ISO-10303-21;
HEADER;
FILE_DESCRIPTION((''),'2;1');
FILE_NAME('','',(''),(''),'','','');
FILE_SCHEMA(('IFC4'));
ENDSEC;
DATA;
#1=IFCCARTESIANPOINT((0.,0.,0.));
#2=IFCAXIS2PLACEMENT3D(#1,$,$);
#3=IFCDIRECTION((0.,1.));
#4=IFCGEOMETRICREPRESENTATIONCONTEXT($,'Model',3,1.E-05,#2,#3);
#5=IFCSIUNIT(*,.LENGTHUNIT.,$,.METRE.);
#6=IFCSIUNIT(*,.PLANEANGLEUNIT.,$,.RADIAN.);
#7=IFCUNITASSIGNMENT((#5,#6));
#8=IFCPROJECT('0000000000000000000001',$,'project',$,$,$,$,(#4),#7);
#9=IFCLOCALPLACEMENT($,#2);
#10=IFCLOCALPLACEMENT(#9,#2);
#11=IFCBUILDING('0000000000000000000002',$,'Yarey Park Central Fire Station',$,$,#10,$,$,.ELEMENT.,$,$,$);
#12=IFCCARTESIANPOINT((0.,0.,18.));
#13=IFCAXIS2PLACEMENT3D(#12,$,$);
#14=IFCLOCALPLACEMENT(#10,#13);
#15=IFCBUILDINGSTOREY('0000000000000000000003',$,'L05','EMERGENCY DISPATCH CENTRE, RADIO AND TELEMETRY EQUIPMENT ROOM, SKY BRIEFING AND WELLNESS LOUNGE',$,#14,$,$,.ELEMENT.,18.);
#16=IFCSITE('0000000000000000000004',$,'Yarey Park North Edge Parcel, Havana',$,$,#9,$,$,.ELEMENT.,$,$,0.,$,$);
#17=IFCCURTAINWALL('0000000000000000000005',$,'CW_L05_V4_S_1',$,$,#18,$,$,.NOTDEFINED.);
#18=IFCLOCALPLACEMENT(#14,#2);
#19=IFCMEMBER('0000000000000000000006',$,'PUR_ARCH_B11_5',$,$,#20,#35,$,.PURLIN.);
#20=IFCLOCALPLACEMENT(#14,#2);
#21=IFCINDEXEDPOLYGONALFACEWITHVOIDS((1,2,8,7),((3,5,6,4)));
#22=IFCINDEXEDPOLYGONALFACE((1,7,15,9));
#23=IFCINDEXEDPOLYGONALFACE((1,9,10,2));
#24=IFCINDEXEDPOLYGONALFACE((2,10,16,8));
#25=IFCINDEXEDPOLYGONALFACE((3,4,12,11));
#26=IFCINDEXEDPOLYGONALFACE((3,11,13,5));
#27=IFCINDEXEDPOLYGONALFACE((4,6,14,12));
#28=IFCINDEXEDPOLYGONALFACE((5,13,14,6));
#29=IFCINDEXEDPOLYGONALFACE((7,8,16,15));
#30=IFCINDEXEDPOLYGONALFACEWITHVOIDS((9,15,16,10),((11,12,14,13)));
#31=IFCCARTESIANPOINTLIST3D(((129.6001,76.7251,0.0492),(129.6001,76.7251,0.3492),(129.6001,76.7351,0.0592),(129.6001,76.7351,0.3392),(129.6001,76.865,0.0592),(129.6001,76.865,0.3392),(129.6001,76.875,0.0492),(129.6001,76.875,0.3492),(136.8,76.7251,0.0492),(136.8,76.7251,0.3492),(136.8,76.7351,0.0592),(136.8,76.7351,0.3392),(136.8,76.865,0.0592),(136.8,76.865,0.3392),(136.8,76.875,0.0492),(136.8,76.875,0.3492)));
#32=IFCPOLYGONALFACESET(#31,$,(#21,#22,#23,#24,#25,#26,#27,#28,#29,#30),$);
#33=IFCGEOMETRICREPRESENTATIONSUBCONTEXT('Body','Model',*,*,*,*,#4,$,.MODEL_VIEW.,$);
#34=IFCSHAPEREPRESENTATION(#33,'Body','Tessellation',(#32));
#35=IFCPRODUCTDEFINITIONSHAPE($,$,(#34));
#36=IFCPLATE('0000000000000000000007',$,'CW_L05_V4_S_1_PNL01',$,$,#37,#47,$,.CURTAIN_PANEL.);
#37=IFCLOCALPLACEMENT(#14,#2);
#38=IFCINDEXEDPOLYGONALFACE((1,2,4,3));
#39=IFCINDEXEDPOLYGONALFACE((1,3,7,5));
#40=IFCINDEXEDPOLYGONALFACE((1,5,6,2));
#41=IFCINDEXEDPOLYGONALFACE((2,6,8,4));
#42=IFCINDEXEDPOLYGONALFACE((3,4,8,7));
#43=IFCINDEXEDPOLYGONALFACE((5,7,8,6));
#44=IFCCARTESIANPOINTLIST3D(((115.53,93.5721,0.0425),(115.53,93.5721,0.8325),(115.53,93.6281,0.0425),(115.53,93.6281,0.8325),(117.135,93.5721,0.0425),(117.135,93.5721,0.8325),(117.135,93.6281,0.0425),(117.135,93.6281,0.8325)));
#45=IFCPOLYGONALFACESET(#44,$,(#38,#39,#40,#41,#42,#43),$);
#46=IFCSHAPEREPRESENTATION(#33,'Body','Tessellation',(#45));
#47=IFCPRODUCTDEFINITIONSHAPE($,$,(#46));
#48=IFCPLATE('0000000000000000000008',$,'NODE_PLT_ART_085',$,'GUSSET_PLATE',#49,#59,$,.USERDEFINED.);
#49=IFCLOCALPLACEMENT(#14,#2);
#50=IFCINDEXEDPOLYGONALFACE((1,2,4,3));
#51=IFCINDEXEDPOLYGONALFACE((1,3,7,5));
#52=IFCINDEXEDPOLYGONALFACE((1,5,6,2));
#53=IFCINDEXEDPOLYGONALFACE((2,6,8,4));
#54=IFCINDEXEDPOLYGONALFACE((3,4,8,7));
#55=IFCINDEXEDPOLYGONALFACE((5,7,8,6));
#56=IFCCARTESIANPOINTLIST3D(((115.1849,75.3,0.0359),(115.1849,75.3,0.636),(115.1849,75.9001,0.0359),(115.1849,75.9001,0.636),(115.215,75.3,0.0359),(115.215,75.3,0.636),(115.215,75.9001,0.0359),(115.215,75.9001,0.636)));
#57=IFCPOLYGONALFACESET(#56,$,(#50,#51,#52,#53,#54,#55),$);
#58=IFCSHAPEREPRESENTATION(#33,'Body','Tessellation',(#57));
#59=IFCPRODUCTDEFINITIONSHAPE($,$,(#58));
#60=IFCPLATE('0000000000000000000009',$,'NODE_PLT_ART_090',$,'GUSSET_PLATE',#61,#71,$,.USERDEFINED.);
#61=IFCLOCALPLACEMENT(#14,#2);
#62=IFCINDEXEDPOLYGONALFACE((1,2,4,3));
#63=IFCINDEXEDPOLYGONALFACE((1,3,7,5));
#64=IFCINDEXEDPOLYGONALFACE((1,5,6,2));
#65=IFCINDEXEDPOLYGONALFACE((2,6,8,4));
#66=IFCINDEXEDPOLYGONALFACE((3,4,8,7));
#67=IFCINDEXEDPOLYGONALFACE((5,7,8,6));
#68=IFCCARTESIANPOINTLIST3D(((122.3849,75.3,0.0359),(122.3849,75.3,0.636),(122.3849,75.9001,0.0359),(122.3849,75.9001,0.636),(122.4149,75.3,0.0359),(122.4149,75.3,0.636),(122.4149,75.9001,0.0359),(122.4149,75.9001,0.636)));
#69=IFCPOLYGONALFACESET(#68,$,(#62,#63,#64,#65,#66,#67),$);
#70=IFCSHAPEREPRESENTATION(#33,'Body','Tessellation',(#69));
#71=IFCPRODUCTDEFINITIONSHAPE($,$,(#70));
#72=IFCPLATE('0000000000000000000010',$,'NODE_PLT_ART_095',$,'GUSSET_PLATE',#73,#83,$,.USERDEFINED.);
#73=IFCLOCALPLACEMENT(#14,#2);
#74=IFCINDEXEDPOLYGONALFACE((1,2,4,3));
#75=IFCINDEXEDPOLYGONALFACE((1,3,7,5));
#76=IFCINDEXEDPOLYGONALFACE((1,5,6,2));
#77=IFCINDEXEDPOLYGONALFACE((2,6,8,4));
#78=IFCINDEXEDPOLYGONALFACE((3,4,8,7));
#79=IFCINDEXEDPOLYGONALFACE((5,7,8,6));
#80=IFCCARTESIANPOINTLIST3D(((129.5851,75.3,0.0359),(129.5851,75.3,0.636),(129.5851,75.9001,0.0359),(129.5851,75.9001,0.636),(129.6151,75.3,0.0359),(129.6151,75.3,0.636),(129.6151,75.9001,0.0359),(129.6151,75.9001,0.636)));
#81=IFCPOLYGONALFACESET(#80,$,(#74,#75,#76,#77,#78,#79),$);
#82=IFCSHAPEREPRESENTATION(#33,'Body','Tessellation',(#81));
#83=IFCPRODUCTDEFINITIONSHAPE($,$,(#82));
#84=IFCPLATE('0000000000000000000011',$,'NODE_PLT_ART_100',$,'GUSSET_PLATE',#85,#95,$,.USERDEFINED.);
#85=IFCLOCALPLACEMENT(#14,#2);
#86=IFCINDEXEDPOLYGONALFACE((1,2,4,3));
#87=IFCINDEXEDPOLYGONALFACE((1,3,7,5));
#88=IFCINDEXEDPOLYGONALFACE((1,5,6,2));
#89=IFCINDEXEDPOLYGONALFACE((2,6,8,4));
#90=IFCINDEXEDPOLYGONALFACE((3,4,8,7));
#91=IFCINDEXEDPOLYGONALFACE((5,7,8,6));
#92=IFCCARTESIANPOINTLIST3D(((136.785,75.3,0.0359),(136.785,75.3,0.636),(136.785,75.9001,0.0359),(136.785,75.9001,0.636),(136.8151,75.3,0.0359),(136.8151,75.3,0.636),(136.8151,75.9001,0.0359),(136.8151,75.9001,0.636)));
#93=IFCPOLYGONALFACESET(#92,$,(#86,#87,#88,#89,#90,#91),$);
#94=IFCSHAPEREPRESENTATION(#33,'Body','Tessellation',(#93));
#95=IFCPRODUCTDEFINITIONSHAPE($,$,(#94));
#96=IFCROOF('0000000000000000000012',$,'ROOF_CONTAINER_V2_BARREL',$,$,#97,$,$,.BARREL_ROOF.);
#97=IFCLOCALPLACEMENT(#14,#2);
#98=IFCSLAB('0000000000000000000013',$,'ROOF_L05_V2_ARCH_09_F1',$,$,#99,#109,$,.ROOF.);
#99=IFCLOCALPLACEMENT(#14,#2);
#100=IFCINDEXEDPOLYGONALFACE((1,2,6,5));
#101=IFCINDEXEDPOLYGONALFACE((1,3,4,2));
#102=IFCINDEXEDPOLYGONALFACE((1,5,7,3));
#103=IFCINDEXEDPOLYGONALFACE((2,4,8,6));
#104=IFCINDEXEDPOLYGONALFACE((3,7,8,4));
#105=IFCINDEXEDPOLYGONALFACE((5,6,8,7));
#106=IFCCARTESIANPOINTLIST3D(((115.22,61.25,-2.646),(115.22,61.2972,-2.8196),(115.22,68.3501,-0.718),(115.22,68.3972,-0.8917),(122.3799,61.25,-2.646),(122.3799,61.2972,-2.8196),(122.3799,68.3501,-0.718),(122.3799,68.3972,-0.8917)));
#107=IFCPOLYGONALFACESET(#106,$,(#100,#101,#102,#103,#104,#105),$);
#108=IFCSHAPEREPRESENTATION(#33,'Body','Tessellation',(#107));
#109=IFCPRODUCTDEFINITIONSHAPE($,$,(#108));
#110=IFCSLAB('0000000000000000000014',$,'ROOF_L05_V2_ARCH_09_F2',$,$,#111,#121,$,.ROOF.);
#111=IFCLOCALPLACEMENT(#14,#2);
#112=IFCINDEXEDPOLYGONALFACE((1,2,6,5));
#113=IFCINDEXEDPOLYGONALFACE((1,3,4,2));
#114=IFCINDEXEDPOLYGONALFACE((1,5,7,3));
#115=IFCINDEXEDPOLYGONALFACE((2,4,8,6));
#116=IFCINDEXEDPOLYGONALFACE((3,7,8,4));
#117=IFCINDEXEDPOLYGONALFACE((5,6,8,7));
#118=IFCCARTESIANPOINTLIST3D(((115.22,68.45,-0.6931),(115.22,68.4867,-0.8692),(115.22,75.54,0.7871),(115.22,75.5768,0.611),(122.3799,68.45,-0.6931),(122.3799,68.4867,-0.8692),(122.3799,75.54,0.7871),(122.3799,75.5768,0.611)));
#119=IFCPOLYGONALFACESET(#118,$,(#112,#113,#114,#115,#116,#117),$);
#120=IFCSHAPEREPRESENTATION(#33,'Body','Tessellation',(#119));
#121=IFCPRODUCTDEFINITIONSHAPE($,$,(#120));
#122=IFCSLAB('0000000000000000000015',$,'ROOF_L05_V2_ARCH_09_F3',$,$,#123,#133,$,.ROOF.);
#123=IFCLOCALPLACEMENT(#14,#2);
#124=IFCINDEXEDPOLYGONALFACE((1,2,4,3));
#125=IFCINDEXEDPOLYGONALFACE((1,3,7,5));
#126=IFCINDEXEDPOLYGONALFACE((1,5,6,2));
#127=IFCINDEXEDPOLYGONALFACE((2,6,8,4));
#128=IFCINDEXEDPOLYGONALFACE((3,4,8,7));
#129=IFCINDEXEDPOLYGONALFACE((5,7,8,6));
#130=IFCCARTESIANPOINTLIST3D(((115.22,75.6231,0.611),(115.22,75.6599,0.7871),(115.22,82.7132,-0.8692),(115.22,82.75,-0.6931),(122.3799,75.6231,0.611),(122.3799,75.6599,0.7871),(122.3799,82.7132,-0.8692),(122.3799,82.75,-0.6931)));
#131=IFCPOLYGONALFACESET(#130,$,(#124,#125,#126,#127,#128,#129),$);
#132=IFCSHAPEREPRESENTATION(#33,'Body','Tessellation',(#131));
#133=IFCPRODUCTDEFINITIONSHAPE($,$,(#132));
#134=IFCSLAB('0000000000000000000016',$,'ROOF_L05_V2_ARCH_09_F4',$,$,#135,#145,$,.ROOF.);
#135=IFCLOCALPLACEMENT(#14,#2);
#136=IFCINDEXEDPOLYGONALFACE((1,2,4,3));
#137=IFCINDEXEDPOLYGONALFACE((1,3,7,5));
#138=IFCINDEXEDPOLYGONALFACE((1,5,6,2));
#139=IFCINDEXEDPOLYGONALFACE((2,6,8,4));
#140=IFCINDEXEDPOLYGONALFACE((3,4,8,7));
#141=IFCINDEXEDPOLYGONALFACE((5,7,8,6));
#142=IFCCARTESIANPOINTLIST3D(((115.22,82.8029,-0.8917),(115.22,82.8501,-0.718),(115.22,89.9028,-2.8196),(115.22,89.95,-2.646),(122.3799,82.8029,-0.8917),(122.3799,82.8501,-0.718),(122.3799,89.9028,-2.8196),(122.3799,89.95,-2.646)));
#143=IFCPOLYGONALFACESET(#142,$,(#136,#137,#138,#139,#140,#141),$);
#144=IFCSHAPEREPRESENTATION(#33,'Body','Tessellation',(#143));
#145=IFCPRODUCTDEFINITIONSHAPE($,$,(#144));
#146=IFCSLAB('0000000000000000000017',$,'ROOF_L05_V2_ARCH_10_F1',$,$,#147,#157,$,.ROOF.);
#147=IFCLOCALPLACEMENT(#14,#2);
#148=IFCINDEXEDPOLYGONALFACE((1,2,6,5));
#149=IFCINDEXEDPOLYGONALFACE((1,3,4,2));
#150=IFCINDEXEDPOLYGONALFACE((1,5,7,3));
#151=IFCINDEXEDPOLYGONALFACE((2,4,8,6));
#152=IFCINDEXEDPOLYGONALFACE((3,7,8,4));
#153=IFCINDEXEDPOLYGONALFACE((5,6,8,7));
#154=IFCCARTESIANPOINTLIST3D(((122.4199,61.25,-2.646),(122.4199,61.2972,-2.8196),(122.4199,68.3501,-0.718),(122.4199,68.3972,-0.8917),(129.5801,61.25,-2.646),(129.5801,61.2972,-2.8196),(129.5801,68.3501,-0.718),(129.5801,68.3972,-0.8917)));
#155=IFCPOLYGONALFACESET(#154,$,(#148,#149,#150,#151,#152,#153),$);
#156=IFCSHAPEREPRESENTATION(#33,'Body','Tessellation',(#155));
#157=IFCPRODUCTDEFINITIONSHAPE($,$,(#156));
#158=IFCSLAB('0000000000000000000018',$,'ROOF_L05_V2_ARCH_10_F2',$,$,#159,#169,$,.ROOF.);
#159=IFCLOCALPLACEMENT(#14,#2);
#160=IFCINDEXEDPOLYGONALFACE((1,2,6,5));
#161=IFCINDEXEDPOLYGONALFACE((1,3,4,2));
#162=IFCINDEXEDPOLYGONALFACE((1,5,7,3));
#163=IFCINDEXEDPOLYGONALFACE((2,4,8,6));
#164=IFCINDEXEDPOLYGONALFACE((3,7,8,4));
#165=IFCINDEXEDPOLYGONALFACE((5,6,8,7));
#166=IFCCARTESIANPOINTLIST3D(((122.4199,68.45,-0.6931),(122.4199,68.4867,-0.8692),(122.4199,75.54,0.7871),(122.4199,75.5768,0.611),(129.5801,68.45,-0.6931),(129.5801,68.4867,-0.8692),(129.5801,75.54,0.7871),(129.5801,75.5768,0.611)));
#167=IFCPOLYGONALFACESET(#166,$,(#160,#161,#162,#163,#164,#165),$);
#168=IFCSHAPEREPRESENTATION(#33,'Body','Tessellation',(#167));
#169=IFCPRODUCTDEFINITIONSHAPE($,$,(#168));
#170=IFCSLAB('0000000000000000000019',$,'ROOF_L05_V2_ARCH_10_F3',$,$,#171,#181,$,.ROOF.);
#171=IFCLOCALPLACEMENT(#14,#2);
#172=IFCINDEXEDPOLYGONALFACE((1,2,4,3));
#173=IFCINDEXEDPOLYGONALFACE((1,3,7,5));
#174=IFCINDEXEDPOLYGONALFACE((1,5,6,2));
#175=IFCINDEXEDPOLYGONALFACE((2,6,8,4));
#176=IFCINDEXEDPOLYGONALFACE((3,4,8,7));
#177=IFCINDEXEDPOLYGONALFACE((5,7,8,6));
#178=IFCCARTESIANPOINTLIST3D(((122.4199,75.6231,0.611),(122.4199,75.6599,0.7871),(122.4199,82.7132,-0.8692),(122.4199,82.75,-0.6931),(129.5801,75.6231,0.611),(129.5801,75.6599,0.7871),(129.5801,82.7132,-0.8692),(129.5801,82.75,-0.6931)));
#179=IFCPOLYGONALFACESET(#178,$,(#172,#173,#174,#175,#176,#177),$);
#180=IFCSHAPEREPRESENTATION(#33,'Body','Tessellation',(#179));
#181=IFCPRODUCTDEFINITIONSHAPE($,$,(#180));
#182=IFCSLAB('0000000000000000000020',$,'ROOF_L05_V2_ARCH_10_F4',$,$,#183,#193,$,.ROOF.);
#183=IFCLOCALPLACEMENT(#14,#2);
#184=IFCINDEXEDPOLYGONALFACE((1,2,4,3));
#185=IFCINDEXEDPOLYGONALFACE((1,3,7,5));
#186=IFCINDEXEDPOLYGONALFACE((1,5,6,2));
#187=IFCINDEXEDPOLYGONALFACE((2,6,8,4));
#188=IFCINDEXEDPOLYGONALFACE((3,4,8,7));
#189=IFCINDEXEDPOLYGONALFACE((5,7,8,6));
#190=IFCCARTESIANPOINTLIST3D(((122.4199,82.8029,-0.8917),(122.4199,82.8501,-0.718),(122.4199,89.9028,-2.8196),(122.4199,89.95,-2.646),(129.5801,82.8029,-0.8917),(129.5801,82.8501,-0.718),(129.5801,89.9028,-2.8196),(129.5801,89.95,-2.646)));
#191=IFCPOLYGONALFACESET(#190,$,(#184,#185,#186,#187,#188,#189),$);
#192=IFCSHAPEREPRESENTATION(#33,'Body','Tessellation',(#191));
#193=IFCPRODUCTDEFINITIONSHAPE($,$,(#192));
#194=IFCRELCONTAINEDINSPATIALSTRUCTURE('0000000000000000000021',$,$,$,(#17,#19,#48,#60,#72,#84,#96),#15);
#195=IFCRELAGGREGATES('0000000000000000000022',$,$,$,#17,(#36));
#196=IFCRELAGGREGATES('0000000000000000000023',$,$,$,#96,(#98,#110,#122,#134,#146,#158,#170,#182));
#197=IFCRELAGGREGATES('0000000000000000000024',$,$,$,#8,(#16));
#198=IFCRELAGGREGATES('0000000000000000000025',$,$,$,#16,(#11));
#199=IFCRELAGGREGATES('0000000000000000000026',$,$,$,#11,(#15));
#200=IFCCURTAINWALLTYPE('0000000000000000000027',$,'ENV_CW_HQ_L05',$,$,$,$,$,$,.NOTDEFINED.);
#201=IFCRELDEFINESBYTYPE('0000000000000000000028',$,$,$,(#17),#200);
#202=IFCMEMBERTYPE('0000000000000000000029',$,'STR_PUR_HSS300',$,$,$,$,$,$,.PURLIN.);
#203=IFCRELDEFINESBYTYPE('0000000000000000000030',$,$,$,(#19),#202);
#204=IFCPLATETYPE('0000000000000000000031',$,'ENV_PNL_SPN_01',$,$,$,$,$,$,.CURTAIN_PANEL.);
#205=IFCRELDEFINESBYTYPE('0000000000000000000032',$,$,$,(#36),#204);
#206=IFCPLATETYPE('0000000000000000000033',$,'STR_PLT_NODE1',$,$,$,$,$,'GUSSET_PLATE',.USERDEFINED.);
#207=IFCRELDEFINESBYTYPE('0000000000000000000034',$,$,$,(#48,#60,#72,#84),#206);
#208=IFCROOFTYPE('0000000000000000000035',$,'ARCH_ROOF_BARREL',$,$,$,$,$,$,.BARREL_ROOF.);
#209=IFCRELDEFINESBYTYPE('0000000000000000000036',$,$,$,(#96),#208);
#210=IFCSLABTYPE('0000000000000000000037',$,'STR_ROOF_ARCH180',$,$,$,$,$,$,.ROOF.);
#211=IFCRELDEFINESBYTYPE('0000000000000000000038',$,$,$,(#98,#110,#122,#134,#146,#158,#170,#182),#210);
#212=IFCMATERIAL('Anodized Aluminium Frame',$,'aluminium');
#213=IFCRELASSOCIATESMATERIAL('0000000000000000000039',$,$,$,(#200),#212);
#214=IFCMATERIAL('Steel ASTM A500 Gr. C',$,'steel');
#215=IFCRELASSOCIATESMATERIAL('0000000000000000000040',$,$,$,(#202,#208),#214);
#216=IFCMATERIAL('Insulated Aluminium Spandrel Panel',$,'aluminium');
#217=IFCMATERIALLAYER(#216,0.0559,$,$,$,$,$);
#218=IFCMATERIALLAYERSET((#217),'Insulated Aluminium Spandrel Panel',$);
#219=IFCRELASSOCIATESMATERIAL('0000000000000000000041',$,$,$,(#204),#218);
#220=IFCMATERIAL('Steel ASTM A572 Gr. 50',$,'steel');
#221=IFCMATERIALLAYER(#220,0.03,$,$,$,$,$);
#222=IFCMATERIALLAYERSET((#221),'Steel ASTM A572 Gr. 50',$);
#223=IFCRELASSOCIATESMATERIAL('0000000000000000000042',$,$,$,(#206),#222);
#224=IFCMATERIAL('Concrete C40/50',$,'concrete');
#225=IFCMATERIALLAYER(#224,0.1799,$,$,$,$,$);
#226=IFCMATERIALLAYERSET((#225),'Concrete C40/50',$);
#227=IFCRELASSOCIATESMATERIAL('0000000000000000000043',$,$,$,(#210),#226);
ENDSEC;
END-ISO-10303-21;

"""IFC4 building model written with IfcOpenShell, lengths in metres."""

from ifc_helpers import new_model, si_unit, direction, frame, origin, origin_2d, place, context, subcontext, project, spatial, polyline, rectangle, hollow_rectangle, outline, extrude, material, layer, layer_set, material_profile, profile_set, type_object, element, aggregate, save


model = new_model("IFC4")

# Units and contexts
model_context = context("Model", 3, precision=1e-05, world=origin(), true_north=direction((0.0, 1.0)))
body_context = subcontext(model_context, "Body", "Model", "MODEL_VIEW")
ifc_project = project(units=[si_unit("LENGTHUNIT", "METRE"), si_unit("PLANEANGLEUNIT", "RADIAN")], contexts=[model_context])

# Site, building, storey
site_placement = place(None, origin())
site = spatial("IfcSite", under=ifc_project, at=site_placement, Name="Yarey Park North Edge Parcel, Havana", CompositionType="ELEMENT", RefElevation=0.0)
building_placement = place(site_placement, origin())
building = spatial("IfcBuilding", under=site, at=building_placement, Name="Yarey Park Central Fire Station", CompositionType="ELEMENT")
storey_placement = place(building_placement, frame((0.0, 0.0, 18.0)))
storey = spatial("IfcBuildingStorey", under=building, at=storey_placement, Name="L05", Description="EMERGENCY DISPATCH CENTRE, RADIO AND TELEMETRY EQUIPMENT ROOM, SKY BRIEFING AND WELLNESS LOUNGE", CompositionType="ELEMENT", Elevation=18.0)

# Curtain wall
ifc_material_1 = material(Name="Anodized Aluminium Frame", Category="aluminium")
curtain_wall_type = type_object("IfcCurtainWallType", Name="ENV_CW_HQ_L05", PredefinedType="NOTDEFINED", material=ifc_material_1)
curtain_wall_placement = place(storey_placement, origin())
curtain_wall = element("IfcCurtainWall", 1, at=curtain_wall_placement, inside=storey, type_object=curtain_wall_type, Name="CW_L05_V4_S_1", PredefinedType="NOTDEFINED")

# Member
ifc_material_2 = material(Name="Steel ASTM A500 Gr. C", Category="steel")
ifc_material_profile_1 = material_profile(ifc_material_2, hollow_rectangle(XDim=0.1499, YDim=0.3, WallThickness=0.01, at=origin_2d()), Name="HSS 300x150x10")
ifc_profile_set_1 = profile_set([ifc_material_profile_1], Name="Steel ASTM A500 Gr. C")
member_type_1 = type_object("IfcMemberType", Name="STR_PUR_HSS300", PredefinedType="PURLIN", material=ifc_profile_set_1)
member_1_placement = place(storey_placement, frame((129.6001, 76.8, 0.1992), z_axis=(1.0, 0.0, 0.0), x_axis=(0.0, 1.0, 0.0)))
element("IfcMember", 2, at=member_1_placement, inside=storey, type_object=member_type_1, Name="PUR_ARCH_B11_5", PredefinedType="PURLIN", context=body_context, shape_type="SweptSolid", body=[
    extrude(hollow_rectangle(XDim=0.1499, YDim=0.3, WallThickness=0.01, at=origin_2d()), origin(), (0.0, 0.0, 1.0), 7.2),
])

# Plate
ifc_material_3 = material(Name="Insulated Aluminium Spandrel Panel", Category="aluminium")
ifc_layer_1 = layer(ifc_material_3, 0.0559)
ifc_layer_set_1 = layer_set([ifc_layer_1], Name="Insulated Aluminium Spandrel Panel")
plate_type_1 = type_object("IfcPlateType", Name="ENV_PNL_SPN_01", PredefinedType="CURTAIN_PANEL", material=ifc_layer_set_1)
plate_placement = place(storey_placement, frame((116.3325, 93.6001, 0.0425), z_axis=(0.0, 0.0, 1.0), x_axis=(1.0, 0.0, 0.0)))
plate = element("IfcPlate", 3, at=plate_placement, type_object=plate_type_1, Name="CW_L05_V4_S_1_PNL01", PredefinedType="CURTAIN_PANEL", context=body_context, shape_type="SweptSolid", body=[
    extrude(rectangle(XDim=1.605, YDim=0.0559, at=origin_2d()), origin(), (0.0, 0.0, 1.0), 0.79),
])
aggregate(curtain_wall, [plate])

# Plates
ifc_material_4 = material(Name="Steel ASTM A572 Gr. 50", Category="steel")
ifc_layer_2 = layer(ifc_material_4, 0.03)
ifc_layer_set_2 = layer_set([ifc_layer_2], Name="Steel ASTM A572 Gr. 50")
plate_type_2 = type_object("IfcPlateType", Name="STR_PLT_NODE1", ElementType="GUSSET_PLATE", PredefinedType="USERDEFINED", material=ifc_layer_set_2)
for number, where, z_axis, x_axis, name in (
    (4, (115.2, 75.6001, 0.0359), (0.0, 0.0, 1.0), (1.0, 0.0, 0.0), "NODE_PLT_ART_085"),
    (5, (122.3999, 75.6001, 0.0359), (0.0, 0.0, 1.0), (1.0, 0.0, 0.0), "NODE_PLT_ART_090"),
    (6, (129.6001, 75.6001, 0.0359), (0.0, 0.0, 1.0), (1.0, 0.0, 0.0), "NODE_PLT_ART_095"),
    (7, (136.8, 75.6001, 0.0359), (0.0, 0.0, 1.0), (1.0, 0.0, 0.0), "NODE_PLT_ART_100"),
):
    element("IfcPlate", number, at=place(storey_placement, frame(where, z_axis=z_axis, x_axis=x_axis)), inside=storey, type_object=plate_type_2, Name=name, ObjectType="GUSSET_PLATE", PredefinedType="USERDEFINED", context=body_context, shape_type="SweptSolid", body=[
        extrude(rectangle(XDim=0.03, YDim=0.6001, at=origin_2d()), origin(), (0.0, 0.0, 1.0), 0.6001),
    ])

# Roof, slabs
roof_type = type_object("IfcRoofType", Name="ARCH_ROOF_BARREL", PredefinedType="BARREL_ROOF", material=ifc_material_2)
roof_placement = place(storey_placement, origin())
roof = element("IfcRoof", 8, at=roof_placement, inside=storey, type_object=roof_type, Name="ROOF_CONTAINER_V2_BARREL", PredefinedType="BARREL_ROOF")
ifc_material_5 = material(Name="Concrete C40/50", Category="concrete")
ifc_layer_3 = layer(ifc_material_5, 0.1799)
ifc_layer_set_3 = layer_set([ifc_layer_3], Name="Concrete C40/50")
slab_type = type_object("IfcSlabType", Name="STR_ROOF_ARCH180", PredefinedType="ROOF", material=ifc_layer_set_3)
slab_1_placement = place(storey_placement, frame((115.22, 61.25, -2.646), z_axis=(0.0, -0.262053, 0.965053), x_axis=(1.0, 0.0, 0.0)))
slab_1 = element("IfcSlab", 9, at=slab_1_placement, type_object=slab_type, Name="ROOF_L05_V2_ARCH_09_F1", PredefinedType="ROOF", context=body_context, shape_type="SweptSolid", body=[
    extrude(outline(polyline([(0.0, 0.0), (7.1599, 0.0), (7.1599, 7.3572), (0.0, 7.3572), (0.0, 0.0)])), origin(), (0.0, 0.0, -1.0), 0.1799),
])
slab_2_placement = place(storey_placement, frame((115.22, 68.45, -0.6931), z_axis=(0.0, -0.204367, 0.978894), x_axis=(1.0, 0.0, 0.0)))
slab_2 = element("IfcSlab", 10, at=slab_2_placement, type_object=slab_type, Name="ROOF_L05_V2_ARCH_09_F2", PredefinedType="ROOF", context=body_context, shape_type="SweptSolid", body=[
    extrude(outline(polyline([(0.0, 0.0), (7.1599, 0.0), (7.1599, 7.243), (0.0, 7.243), (0.0, 0.0)])), origin(), (0.0, 0.0, -1.0), 0.1799),
])
slab_3_placement = place(storey_placement, frame((115.22, 75.6599, 0.7871), z_axis=(0.0, 0.204367, 0.978894), x_axis=(1.0, 0.0, 0.0)))
slab_3 = element("IfcSlab", 11, at=slab_3_placement, type_object=slab_type, Name="ROOF_L05_V2_ARCH_09_F3", PredefinedType="ROOF", context=body_context, shape_type="SweptSolid", body=[
    extrude(outline(polyline([(0.0, 0.0), (7.1599, 0.0), (7.1599, 7.243), (0.0, 7.243), (0.0, 0.0)])), origin(), (0.0, 0.0, -1.0), 0.1799),
])
slab_4_placement = place(storey_placement, frame((115.22, 82.8501, -0.718), z_axis=(0.0, 0.262061, 0.965051), x_axis=(1.0, 0.0, 0.0)))
slab_4 = element("IfcSlab", 12, at=slab_4_placement, type_object=slab_type, Name="ROOF_L05_V2_ARCH_09_F4", PredefinedType="ROOF", context=body_context, shape_type="SweptSolid", body=[
    extrude(outline(polyline([(0.0, 0.0), (7.1599, 0.0), (7.1599, 7.357), (0.0, 7.357), (0.0, 0.0)])), origin(), (0.0, 0.0, -1.0), 0.1799),
])
slab_5_placement = place(storey_placement, frame((122.4199, 61.25, -2.646), z_axis=(0.0, -0.262053, 0.965053), x_axis=(1.0, 0.0, 0.0)))
slab_5 = element("IfcSlab", 13, at=slab_5_placement, type_object=slab_type, Name="ROOF_L05_V2_ARCH_10_F1", PredefinedType="ROOF", context=body_context, shape_type="SweptSolid", body=[
    extrude(outline(polyline([(0.0, 0.0), (7.1602, 0.0), (7.1602, 7.3572), (0.0, 7.3572), (0.0, 0.0)])), origin(), (0.0, 0.0, -1.0), 0.1799),
])
slab_6_placement = place(storey_placement, frame((122.4199, 68.45, -0.6931), z_axis=(0.0, -0.204367, 0.978894), x_axis=(1.0, 0.0, 0.0)))
slab_6 = element("IfcSlab", 14, at=slab_6_placement, type_object=slab_type, Name="ROOF_L05_V2_ARCH_10_F2", PredefinedType="ROOF", context=body_context, shape_type="SweptSolid", body=[
    extrude(outline(polyline([(0.0, 0.0), (7.1602, 0.0), (7.1602, 7.243), (0.0, 7.243), (0.0, 0.0)])), origin(), (0.0, 0.0, -1.0), 0.1799),
])
slab_7_placement = place(storey_placement, frame((122.4199, 75.6599, 0.7871), z_axis=(0.0, 0.204367, 0.978894), x_axis=(1.0, 0.0, 0.0)))
slab_7 = element("IfcSlab", 15, at=slab_7_placement, type_object=slab_type, Name="ROOF_L05_V2_ARCH_10_F3", PredefinedType="ROOF", context=body_context, shape_type="SweptSolid", body=[
    extrude(outline(polyline([(0.0, 0.0), (7.1602, 0.0), (7.1602, 7.243), (0.0, 7.243), (0.0, 0.0)])), origin(), (0.0, 0.0, -1.0), 0.1799),
])
slab_8_placement = place(storey_placement, frame((122.4199, 82.8501, -0.718), z_axis=(0.0, 0.262061, 0.965051), x_axis=(1.0, 0.0, 0.0)))
slab_8 = element("IfcSlab", 16, at=slab_8_placement, type_object=slab_type, Name="ROOF_L05_V2_ARCH_10_F4", PredefinedType="ROOF", context=body_context, shape_type="SweptSolid", body=[
    extrude(outline(polyline([(0.0, 0.0), (7.1602, 0.0), (7.1602, 7.357), (0.0, 7.357), (0.0, 0.0)])), origin(), (0.0, 0.0, -1.0), 0.1799),
])
aggregate(roof, [slab_1, slab_2, slab_3, slab_4, slab_5, slab_6, slab_7, slab_8])

save(model, "model.ifc")
